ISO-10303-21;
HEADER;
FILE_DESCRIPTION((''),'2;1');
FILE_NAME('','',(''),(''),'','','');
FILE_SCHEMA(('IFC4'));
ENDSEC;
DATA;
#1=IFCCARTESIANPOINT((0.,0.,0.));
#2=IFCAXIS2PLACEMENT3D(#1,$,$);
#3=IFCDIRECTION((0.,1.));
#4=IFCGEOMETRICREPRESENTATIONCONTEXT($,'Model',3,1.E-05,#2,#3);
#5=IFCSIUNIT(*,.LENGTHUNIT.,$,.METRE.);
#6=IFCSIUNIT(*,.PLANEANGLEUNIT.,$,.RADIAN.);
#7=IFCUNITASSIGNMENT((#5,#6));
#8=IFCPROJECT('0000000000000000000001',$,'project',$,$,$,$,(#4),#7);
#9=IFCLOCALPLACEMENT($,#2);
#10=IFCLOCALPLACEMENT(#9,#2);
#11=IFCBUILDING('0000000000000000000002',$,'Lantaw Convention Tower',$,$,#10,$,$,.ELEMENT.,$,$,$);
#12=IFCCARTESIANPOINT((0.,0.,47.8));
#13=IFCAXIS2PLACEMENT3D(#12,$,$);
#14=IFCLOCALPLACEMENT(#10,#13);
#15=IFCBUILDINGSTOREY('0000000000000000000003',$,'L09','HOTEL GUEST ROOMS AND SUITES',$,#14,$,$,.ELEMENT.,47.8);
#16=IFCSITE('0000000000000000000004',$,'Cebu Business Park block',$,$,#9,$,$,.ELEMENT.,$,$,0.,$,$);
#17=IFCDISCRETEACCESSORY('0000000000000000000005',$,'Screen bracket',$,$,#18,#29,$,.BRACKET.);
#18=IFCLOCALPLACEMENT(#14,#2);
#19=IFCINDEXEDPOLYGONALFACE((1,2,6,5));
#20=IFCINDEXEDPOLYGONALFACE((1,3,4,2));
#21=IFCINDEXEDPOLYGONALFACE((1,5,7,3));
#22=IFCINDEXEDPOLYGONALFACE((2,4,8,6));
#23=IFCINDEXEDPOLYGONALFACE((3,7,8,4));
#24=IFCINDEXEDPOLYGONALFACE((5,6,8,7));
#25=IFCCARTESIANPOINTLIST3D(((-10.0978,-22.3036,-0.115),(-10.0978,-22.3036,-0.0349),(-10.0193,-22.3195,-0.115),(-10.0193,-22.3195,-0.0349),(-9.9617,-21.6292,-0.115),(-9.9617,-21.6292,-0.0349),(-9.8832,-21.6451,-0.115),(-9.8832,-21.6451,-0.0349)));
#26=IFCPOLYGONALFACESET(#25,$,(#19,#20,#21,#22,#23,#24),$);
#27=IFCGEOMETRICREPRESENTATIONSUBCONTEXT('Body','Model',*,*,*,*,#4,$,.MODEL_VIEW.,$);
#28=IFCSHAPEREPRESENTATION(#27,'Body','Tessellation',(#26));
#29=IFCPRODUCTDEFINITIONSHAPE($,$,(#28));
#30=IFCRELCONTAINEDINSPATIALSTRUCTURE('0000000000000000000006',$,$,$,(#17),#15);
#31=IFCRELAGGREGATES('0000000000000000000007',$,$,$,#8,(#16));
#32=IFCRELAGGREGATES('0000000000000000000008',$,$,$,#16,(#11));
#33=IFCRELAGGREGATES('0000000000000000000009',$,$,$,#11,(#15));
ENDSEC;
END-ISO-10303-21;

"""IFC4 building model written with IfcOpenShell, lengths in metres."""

from ifc_helpers import new_model, si_unit, direction, frame, origin, origin_2d, place, context, subcontext, project, spatial, rectangle, extrude, element, save


model = new_model("IFC4")

# Units and contexts
model_context = context("Model", 3, precision=1e-05, world=origin(), true_north=direction((0.0, 1.0)))
body_context = subcontext(model_context, "Body", "Model", "MODEL_VIEW")
ifc_project = project(units=[si_unit("LENGTHUNIT", "METRE"), si_unit("PLANEANGLEUNIT", "RADIAN")], contexts=[model_context])

# Site, building, storey
site_placement = place(None, origin())
site = spatial("IfcSite", under=ifc_project, at=site_placement, Name="Cebu Business Park block", CompositionType="ELEMENT", RefElevation=0.0)
building_placement = place(site_placement, origin())
building = spatial("IfcBuilding", under=site, at=building_placement, Name="Lantaw Convention Tower", CompositionType="ELEMENT")
storey_placement = place(building_placement, frame((0.0, 0.0, 47.8)))
storey = spatial("IfcBuildingStorey", under=building, at=storey_placement, Name="L09", Description="HOTEL GUEST ROOMS AND SUITES", CompositionType="ELEMENT", Elevation=47.8)

# Discrete accessory
discrete_accessory_placement = place(storey_placement, frame((-9.9905, -21.9744, -0.115), z_axis=(0.0, 0.0, 1.0), x_axis=(0.980245, -0.197789, 0.0)))
element("IfcDiscreteAccessory", 1, at=discrete_accessory_placement, inside=storey, Name="Screen bracket", PredefinedType="BRACKET", context=body_context, shape_type="SweptSolid", body=[
    extrude(rectangle(XDim=0.0801, YDim=0.688, at=origin_2d()), origin(), (0.0, 0.0, 1.0), 0.0801),
])

save(model, "model.ifc")
